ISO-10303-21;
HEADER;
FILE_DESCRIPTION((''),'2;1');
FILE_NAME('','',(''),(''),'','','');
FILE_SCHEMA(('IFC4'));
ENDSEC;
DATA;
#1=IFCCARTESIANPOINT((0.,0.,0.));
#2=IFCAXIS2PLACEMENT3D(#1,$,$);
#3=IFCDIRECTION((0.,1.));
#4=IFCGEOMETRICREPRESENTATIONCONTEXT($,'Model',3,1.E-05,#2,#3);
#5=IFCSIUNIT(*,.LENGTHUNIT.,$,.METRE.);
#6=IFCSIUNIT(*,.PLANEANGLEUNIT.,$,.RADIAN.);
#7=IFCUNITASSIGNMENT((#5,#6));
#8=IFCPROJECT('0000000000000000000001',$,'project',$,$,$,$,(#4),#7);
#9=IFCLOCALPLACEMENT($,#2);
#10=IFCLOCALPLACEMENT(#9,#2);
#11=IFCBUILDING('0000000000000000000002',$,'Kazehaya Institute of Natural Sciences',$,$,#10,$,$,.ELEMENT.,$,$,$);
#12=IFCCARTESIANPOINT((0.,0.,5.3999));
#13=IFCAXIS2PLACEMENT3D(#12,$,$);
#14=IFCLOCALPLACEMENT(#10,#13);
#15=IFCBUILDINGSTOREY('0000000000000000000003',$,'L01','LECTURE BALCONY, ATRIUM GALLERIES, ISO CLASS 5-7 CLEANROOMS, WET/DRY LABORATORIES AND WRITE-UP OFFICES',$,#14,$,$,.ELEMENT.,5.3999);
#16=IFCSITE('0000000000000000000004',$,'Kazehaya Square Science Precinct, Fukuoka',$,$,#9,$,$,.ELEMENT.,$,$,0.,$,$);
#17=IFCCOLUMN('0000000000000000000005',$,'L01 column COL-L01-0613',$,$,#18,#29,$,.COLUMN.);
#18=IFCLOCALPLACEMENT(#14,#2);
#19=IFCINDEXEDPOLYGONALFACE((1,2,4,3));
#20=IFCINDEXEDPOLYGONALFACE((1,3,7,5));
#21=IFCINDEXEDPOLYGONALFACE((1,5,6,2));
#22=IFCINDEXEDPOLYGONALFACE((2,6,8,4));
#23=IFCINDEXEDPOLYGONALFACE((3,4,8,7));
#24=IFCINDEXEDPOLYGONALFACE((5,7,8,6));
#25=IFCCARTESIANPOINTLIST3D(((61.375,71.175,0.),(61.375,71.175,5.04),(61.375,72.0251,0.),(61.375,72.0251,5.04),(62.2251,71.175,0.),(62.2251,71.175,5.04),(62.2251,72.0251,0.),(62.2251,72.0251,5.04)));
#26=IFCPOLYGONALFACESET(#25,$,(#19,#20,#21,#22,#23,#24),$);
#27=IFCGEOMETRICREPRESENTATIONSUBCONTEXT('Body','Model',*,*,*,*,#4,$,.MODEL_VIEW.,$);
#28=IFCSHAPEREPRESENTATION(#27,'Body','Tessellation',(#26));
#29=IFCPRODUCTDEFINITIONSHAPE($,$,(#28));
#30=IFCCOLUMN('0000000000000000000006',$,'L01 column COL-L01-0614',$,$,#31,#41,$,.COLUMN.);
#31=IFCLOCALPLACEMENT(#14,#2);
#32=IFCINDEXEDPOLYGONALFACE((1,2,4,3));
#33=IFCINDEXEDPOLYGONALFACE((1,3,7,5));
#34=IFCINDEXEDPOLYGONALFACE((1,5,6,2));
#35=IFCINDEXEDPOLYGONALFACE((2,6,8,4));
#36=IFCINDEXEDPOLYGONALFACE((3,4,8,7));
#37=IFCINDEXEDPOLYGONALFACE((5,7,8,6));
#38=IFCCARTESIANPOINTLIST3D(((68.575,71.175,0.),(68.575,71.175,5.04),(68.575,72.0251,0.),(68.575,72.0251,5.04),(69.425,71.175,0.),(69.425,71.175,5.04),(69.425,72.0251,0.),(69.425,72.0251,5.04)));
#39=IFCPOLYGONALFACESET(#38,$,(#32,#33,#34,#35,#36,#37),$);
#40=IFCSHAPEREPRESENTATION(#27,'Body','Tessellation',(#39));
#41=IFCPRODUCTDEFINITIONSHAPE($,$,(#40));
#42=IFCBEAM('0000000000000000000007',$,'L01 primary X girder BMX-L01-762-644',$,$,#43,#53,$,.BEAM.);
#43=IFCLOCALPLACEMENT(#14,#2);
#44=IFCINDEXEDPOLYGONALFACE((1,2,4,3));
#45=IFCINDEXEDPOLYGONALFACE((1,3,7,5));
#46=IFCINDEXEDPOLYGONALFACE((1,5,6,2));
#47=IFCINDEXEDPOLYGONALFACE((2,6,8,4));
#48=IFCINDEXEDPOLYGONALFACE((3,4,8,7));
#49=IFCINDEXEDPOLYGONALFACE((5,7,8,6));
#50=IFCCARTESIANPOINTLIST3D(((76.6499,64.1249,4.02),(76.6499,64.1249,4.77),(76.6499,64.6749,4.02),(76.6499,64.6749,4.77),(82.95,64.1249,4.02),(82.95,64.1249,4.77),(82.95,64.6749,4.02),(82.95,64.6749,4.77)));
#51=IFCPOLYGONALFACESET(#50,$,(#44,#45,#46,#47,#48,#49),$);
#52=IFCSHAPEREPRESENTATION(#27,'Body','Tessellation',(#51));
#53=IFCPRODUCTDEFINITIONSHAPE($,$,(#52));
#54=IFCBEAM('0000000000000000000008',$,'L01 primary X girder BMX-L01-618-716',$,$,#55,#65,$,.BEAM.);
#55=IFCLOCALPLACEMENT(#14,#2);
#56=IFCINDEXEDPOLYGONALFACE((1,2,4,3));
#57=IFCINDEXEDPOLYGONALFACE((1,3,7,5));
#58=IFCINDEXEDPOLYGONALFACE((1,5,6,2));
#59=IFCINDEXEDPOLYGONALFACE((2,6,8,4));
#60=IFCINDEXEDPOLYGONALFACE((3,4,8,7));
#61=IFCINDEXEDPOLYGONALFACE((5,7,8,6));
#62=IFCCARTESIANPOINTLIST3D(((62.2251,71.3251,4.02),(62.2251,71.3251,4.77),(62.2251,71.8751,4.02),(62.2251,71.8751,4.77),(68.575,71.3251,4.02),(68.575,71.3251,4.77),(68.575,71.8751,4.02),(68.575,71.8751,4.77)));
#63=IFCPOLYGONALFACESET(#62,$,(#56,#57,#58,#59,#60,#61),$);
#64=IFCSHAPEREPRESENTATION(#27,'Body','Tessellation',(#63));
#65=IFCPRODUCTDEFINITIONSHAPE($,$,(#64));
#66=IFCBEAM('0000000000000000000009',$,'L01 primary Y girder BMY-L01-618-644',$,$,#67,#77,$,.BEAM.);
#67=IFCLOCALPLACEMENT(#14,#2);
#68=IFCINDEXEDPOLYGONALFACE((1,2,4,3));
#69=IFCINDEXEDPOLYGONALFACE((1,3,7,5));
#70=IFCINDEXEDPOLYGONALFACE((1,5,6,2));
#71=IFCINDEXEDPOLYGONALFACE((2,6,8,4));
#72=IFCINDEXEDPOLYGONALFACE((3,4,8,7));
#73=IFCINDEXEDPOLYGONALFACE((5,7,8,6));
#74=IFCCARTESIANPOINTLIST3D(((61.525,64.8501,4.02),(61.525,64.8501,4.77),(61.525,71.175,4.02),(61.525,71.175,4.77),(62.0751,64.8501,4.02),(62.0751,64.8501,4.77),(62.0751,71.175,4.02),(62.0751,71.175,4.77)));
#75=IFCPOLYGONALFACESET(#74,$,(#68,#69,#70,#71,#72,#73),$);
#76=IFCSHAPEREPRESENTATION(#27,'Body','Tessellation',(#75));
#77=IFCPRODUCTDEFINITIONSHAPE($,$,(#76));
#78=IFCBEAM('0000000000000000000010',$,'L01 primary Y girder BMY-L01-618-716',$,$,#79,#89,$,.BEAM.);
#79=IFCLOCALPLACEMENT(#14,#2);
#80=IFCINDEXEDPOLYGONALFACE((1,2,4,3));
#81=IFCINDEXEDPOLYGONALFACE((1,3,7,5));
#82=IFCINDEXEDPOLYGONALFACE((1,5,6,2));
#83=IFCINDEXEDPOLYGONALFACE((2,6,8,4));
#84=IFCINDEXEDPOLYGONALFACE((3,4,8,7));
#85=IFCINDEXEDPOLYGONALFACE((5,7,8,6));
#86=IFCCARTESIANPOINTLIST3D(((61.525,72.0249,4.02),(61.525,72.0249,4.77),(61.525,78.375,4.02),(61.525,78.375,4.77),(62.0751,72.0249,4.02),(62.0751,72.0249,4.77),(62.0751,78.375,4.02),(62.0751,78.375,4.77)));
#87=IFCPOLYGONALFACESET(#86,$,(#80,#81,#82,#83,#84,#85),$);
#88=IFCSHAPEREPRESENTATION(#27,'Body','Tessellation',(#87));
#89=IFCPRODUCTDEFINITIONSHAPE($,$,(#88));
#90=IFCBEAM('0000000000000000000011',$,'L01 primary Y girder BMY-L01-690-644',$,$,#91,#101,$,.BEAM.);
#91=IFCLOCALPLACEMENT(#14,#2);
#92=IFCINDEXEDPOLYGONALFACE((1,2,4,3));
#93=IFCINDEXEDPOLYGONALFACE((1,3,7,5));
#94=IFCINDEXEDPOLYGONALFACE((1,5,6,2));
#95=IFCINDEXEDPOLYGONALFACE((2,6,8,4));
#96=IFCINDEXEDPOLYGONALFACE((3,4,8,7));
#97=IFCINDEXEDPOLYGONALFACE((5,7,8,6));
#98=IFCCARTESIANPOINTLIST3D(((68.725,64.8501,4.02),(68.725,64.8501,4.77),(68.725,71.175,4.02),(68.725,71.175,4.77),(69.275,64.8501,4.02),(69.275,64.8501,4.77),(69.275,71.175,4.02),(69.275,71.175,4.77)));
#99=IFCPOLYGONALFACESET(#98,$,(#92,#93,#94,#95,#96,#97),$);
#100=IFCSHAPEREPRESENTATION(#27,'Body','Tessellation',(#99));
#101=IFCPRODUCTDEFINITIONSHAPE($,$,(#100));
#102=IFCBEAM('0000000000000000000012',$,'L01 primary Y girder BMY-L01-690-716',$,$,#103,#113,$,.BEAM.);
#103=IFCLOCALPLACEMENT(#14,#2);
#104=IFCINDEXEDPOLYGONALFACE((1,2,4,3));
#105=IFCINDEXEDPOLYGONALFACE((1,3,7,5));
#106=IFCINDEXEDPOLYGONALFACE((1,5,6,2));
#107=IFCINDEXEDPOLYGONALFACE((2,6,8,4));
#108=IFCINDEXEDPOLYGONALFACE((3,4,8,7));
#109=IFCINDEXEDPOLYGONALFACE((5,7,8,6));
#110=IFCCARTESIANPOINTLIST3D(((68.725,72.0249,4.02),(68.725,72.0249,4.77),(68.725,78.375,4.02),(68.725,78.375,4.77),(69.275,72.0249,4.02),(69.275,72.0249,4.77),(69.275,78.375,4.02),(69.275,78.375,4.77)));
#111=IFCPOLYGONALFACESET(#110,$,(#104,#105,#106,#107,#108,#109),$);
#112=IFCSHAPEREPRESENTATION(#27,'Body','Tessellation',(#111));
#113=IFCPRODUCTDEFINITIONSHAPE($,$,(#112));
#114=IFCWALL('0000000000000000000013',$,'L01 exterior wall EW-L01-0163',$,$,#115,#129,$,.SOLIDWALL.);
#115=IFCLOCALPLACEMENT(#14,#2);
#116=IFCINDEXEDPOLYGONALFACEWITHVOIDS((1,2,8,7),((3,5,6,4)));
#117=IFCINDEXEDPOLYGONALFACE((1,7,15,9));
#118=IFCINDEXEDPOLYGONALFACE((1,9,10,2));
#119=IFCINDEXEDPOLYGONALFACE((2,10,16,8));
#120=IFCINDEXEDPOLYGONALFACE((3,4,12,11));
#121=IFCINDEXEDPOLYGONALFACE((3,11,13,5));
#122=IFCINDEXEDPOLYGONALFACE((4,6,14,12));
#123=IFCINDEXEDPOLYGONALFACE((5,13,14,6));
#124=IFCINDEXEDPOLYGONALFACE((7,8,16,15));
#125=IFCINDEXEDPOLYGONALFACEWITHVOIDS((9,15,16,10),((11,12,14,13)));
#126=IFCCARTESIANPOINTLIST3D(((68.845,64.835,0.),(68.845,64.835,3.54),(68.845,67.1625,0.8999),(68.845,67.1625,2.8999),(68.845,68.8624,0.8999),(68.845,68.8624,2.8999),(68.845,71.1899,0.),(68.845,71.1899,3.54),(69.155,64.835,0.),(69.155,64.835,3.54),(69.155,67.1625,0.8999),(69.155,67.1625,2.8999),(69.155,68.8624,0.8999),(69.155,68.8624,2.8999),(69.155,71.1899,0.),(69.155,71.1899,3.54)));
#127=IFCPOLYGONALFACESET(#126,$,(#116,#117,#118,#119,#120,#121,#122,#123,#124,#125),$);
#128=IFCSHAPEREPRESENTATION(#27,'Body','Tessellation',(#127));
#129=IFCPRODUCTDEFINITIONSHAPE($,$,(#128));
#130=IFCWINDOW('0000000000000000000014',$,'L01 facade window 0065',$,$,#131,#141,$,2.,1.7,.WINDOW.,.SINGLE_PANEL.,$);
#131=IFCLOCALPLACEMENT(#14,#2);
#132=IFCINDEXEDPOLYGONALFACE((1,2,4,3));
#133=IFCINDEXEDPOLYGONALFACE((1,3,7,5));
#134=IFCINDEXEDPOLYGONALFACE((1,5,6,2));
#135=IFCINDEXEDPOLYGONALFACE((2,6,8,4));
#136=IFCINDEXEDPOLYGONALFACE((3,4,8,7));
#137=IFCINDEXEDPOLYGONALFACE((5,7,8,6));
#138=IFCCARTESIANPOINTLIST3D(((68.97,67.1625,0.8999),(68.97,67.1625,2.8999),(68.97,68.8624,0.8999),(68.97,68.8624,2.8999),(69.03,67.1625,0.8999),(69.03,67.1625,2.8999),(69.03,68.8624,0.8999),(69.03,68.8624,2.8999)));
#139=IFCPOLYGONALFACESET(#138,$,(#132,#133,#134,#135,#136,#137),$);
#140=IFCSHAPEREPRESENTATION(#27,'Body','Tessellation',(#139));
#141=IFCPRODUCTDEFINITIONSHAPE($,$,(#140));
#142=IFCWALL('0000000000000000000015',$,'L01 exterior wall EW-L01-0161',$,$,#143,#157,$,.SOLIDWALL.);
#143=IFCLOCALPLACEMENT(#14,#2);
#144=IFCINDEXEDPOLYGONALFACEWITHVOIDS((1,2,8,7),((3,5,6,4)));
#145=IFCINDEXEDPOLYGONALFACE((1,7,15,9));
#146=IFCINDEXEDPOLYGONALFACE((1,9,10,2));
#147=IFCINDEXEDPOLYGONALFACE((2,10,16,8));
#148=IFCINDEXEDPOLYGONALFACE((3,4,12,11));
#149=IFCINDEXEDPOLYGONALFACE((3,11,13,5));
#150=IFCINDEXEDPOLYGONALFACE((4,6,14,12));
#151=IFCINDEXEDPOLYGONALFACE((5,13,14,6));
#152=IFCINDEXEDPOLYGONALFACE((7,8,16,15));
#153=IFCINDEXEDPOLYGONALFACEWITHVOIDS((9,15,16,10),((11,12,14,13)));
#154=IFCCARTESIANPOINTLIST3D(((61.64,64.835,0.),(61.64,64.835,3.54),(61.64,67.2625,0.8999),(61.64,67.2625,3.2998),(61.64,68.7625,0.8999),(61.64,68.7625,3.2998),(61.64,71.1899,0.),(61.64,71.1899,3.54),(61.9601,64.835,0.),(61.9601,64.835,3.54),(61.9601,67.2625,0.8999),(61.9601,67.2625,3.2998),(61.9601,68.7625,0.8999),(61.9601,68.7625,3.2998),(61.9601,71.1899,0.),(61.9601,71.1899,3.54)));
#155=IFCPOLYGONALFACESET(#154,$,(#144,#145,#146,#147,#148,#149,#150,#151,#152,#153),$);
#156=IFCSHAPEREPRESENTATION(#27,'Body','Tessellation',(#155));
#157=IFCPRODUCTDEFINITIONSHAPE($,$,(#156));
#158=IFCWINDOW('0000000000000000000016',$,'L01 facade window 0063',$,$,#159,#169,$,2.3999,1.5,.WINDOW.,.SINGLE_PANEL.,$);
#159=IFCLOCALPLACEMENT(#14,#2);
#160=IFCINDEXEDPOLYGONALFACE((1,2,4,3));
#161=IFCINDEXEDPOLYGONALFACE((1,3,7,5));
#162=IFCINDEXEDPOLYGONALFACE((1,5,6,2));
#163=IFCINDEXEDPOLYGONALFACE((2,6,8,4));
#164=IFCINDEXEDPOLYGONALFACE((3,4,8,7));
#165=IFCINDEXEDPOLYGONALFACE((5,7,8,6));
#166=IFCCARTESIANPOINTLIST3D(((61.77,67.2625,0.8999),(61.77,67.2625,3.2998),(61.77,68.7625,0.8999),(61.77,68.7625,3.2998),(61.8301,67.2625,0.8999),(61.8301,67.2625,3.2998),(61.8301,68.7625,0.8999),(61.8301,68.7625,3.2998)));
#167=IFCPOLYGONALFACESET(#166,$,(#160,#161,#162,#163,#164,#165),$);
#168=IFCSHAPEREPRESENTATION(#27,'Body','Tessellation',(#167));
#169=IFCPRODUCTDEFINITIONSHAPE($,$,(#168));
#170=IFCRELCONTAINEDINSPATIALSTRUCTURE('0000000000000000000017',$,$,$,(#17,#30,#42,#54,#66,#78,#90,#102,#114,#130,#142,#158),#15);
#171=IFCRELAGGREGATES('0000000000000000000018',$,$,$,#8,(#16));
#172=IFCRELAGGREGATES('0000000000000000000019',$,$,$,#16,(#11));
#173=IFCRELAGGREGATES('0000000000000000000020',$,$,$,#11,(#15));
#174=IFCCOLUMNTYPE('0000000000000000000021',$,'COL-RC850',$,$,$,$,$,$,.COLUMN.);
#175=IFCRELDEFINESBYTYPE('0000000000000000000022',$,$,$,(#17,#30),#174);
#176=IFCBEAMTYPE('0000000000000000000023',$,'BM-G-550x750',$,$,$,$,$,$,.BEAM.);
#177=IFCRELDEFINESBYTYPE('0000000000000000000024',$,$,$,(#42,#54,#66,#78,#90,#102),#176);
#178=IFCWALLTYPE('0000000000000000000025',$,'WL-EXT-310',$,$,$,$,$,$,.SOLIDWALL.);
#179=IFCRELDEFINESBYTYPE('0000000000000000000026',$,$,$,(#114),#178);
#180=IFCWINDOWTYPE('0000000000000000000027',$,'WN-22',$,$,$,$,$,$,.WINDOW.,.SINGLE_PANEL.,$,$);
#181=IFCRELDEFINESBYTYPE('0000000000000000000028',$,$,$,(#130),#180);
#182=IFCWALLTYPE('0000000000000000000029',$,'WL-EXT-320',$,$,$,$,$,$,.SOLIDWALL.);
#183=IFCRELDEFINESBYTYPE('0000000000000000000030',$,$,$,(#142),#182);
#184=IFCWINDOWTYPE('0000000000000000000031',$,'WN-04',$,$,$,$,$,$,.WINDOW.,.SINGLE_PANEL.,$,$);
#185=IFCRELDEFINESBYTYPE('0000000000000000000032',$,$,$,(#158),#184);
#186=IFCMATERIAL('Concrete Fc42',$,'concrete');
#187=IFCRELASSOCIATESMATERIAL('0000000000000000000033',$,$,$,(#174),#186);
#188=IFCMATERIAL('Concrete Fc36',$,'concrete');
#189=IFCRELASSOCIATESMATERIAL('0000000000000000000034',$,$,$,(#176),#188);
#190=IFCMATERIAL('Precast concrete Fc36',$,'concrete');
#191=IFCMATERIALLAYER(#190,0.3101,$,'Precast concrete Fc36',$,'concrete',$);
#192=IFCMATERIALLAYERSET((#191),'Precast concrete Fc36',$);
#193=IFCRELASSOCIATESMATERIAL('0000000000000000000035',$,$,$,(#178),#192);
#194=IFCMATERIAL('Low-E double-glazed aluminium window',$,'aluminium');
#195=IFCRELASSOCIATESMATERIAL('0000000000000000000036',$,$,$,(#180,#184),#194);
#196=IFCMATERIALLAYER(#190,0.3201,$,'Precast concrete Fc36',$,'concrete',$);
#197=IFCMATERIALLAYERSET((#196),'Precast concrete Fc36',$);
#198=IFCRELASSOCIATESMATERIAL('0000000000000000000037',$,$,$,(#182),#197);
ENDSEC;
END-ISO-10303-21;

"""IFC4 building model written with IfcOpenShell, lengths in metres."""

from ifc_helpers import new_model, si_unit, direction, frame, frame_2d, origin, origin_2d, place, context, subcontext, project, spatial, rectangle, extrude, material, layer, layer_set, material_profile, profile_set, type_object, element, fill, save


model = new_model("IFC4")

# Units and contexts
model_context = context("Model", 3, precision=1e-05, world=origin(), true_north=direction((0.0, 1.0)))
body_context = subcontext(model_context, "Body", "Model", "MODEL_VIEW")
ifc_project = project(units=[si_unit("LENGTHUNIT", "METRE"), si_unit("PLANEANGLEUNIT", "RADIAN")], contexts=[model_context])

# Site, building, storey
site_placement = place(None, origin())
site = spatial("IfcSite", under=ifc_project, at=site_placement, Name="Kazehaya Square Science Precinct, Fukuoka", CompositionType="ELEMENT", RefElevation=0.0)
building_placement = place(site_placement, origin())
building = spatial("IfcBuilding", under=site, at=building_placement, Name="Kazehaya Institute of Natural Sciences", CompositionType="ELEMENT")
storey_placement = place(building_placement, frame((0.0, 0.0, 5.3999)))
storey = spatial("IfcBuildingStorey", under=building, at=storey_placement, Name="L01", Description="LECTURE BALCONY, ATRIUM GALLERIES, ISO CLASS 5-7 CLEANROOMS, WET/DRY LABORATORIES AND WRITE-UP OFFICES", CompositionType="ELEMENT", Elevation=5.3999)

# Columns
ifc_material_1 = material(Name="Concrete Fc42", Category="concrete")
ifc_material_profile_1 = material_profile(ifc_material_1, rectangle(XDim=0.8501, YDim=0.8501, at=origin_2d()), Name="RC-850x850")
ifc_profile_set_1 = profile_set([ifc_material_profile_1], Name="Concrete Fc42")
column_type = type_object("IfcColumnType", Name="COL-RC850", PredefinedType="COLUMN", material=ifc_profile_set_1)
for number, where, z_axis, x_axis, name in (
    (1, (61.8, 71.6001, 0.0), (0.0, 0.0, 1.0), (1.0, 0.0, 0.0), "L01 column COL-L01-0613"),
    (2, (69.0, 71.6001, 0.0), (0.0, 0.0, 1.0), (1.0, 0.0, 0.0), "L01 column COL-L01-0614"),
):
    element("IfcColumn", number, at=place(storey_placement, frame(where, z_axis=z_axis, x_axis=x_axis)), inside=storey, type_object=column_type, Name=name, PredefinedType="COLUMN", context=body_context, shape_type="SweptSolid", body=[
        extrude(rectangle(XDim=0.8501, YDim=0.8501, at=origin_2d()), origin(), (0.0, 0.0, 1.0), 5.04),
    ])

# Beams
ifc_material_2 = material(Name="Concrete Fc36", Category="concrete")
ifc_material_profile_2 = material_profile(ifc_material_2, rectangle(XDim=0.55, YDim=0.75, at=origin_2d()), Name="RC-550x750")
ifc_profile_set_2 = profile_set([ifc_material_profile_2], Name="Concrete Fc36")
beam_type = type_object("IfcBeamType", Name="BM-G-550x750", PredefinedType="BEAM", material=ifc_profile_set_2)
beam_1_placement = place(storey_placement, frame((76.6499, 64.3999, 4.395), z_axis=(1.0, 0.0, 0.0), x_axis=(0.0, 1.0, 0.0)))
element("IfcBeam", 3, at=beam_1_placement, inside=storey, type_object=beam_type, Name="L01 primary X girder BMX-L01-762-644", PredefinedType="BEAM", context=body_context, shape_type="SweptSolid", body=[
    extrude(rectangle(XDim=0.55, YDim=0.75, at=origin_2d()), origin(), (0.0, 0.0, 1.0), 6.3),
])
beam_2_placement = place(storey_placement, frame((62.2251, 71.6001, 4.395), z_axis=(1.0, 0.0, 0.0), x_axis=(0.0, 1.0, 0.0)))
element("IfcBeam", 4, at=beam_2_placement, inside=storey, type_object=beam_type, Name="L01 primary X girder BMX-L01-618-716", PredefinedType="BEAM", context=body_context, shape_type="SweptSolid", body=[
    extrude(rectangle(XDim=0.55, YDim=0.75, at=origin_2d()), origin(), (0.0, 0.0, 1.0), 6.3499),
])
beam_3_placement = place(storey_placement, frame((61.8, 64.8501, 4.395), z_axis=(0.0, 1.0, 0.0), x_axis=(-1.0, 0.0, 0.0)))
element("IfcBeam", 5, at=beam_3_placement, inside=storey, type_object=beam_type, Name="L01 primary Y girder BMY-L01-618-644", PredefinedType="BEAM", context=body_context, shape_type="SweptSolid", body=[
    extrude(rectangle(XDim=0.55, YDim=0.75, at=origin_2d()), origin(), (0.0, 0.0, 1.0), 6.325),
])
beam_4_placement = place(storey_placement, frame((61.8, 72.0249, 4.395), z_axis=(0.0, 1.0, 0.0), x_axis=(-1.0, 0.0, 0.0)))
element("IfcBeam", 6, at=beam_4_placement, inside=storey, type_object=beam_type, Name="L01 primary Y girder BMY-L01-618-716", PredefinedType="BEAM", context=body_context, shape_type="SweptSolid", body=[
    extrude(rectangle(XDim=0.55, YDim=0.75, at=origin_2d()), origin(), (0.0, 0.0, 1.0), 6.3501),
])
beam_5_placement = place(storey_placement, frame((69.0, 64.8501, 4.395), z_axis=(0.0, 1.0, 0.0), x_axis=(-1.0, 0.0, 0.0)))
element("IfcBeam", 7, at=beam_5_placement, inside=storey, type_object=beam_type, Name="L01 primary Y girder BMY-L01-690-644", PredefinedType="BEAM", context=body_context, shape_type="SweptSolid", body=[
    extrude(rectangle(XDim=0.55, YDim=0.75, at=origin_2d()), origin(), (0.0, 0.0, 1.0), 6.325),
])
beam_6_placement = place(storey_placement, frame((69.0, 72.0249, 4.395), z_axis=(0.0, 1.0, 0.0), x_axis=(-1.0, 0.0, 0.0)))
element("IfcBeam", 8, at=beam_6_placement, inside=storey, type_object=beam_type, Name="L01 primary Y girder BMY-L01-690-716", PredefinedType="BEAM", context=body_context, shape_type="SweptSolid", body=[
    extrude(rectangle(XDim=0.55, YDim=0.75, at=origin_2d()), origin(), (0.0, 0.0, 1.0), 6.3501),
])

# Walls, openings, windows
ifc_material_3 = material(Name="Precast concrete Fc36", Category="concrete")
ifc_layer_1 = layer(ifc_material_3, 0.3101, Name="Precast concrete Fc36", Category="concrete")
ifc_layer_set_1 = layer_set([ifc_layer_1], Name="Precast concrete Fc36")
wall_type_1 = type_object("IfcWallType", Name="WL-EXT-310", PredefinedType="SOLIDWALL", material=ifc_layer_set_1)
wall_1_placement = place(storey_placement, frame((69.0, 71.1899, 0.0), z_axis=(0.0, 0.0, 1.0), x_axis=(0.0, -1.0, 0.0)))
wall_1 = element("IfcWall", 9, at=wall_1_placement, inside=storey, type_object=wall_type_1, Name="L01 exterior wall EW-L01-0163", PredefinedType="SOLIDWALL", context=body_context, shape_type="SweptSolid", body=[
    extrude(rectangle(XDim=6.355, YDim=0.3101, at=frame_2d((3.1775, 0.0))), origin(), (0.0, 0.0, 1.0), 3.54),
])
opening_1_placement = place(wall_1_placement, frame((2.3274, 0.0, 0.8999)))
opening_1 = element("IfcOpeningElement", 10, at=opening_1_placement, cuts=wall_1, PredefinedType="OPENING", context=body_context, shape_type="SweptSolid", body=[
    extrude(rectangle(XDim=1.7, YDim=2.0, at=frame_2d((0.8501, 1.0))), frame((0.0, 0.165, 0.0), z_axis=(0.0, -1.0, 0.0), x_axis=(1.0, 0.0, 0.0)), (0.0, 0.0, 1.0), 0.3301),
])
ifc_material_4 = material(Name="Low-E double-glazed aluminium window", Category="aluminium")
window_type_1 = type_object("IfcWindowType", Name="WN-22", PartitioningType="SINGLE_PANEL", PredefinedType="WINDOW", material=ifc_material_4)
window_1_placement = place(opening_1_placement, origin())
window_1 = element("IfcWindow", 11, at=window_1_placement, inside=storey, type_object=window_type_1, Name="L01 facade window 0065", OverallHeight=2.0, OverallWidth=1.7, PartitioningType="SINGLE_PANEL", PredefinedType="WINDOW", context=body_context, shape_type="SweptSolid", body=[
    extrude(rectangle(XDim=1.7, YDim=2.0, at=frame_2d((0.8501, 1.0))), frame((0.0, 0.03, 0.0), z_axis=(0.0, -1.0, 0.0), x_axis=(1.0, 0.0, 0.0)), (0.0, 0.0, 1.0), 0.0601),
])
fill(opening_1, window_1)
ifc_layer_2 = layer(ifc_material_3, 0.3201, Name="Precast concrete Fc36", Category="concrete")
ifc_layer_set_2 = layer_set([ifc_layer_2], Name="Precast concrete Fc36")
wall_type_2 = type_object("IfcWallType", Name="WL-EXT-320", PredefinedType="SOLIDWALL", material=ifc_layer_set_2)
wall_2_placement = place(storey_placement, frame((61.8, 64.835, 0.0), z_axis=(0.0, 0.0, 1.0), x_axis=(0.0, 1.0, 0.0)))
wall_2 = element("IfcWall", 12, at=wall_2_placement, inside=storey, type_object=wall_type_2, Name="L01 exterior wall EW-L01-0161", PredefinedType="SOLIDWALL", context=body_context, shape_type="SweptSolid", body=[
    extrude(rectangle(XDim=6.355, YDim=0.3201, at=frame_2d((3.1775, 0.0))), origin(), (0.0, 0.0, 1.0), 3.54),
])
opening_2_placement = place(wall_2_placement, frame((2.4275, 0.0, 0.8999)))
opening_2 = element("IfcOpeningElement", 13, at=opening_2_placement, cuts=wall_2, PredefinedType="OPENING", context=body_context, shape_type="SweptSolid", body=[
    extrude(rectangle(XDim=1.5, YDim=2.3999, at=frame_2d((0.75, 1.2))), frame((0.0, 0.1699, 0.0), z_axis=(0.0, -1.0, 0.0), x_axis=(1.0, 0.0, 0.0)), (0.0, 0.0, 1.0), 0.3401),
])
window_type_2 = type_object("IfcWindowType", Name="WN-04", PartitioningType="SINGLE_PANEL", PredefinedType="WINDOW", material=ifc_material_4)
window_2_placement = place(opening_2_placement, origin())
window_2 = element("IfcWindow", 14, at=window_2_placement, inside=storey, type_object=window_type_2, Name="L01 facade window 0063", OverallHeight=2.3999, OverallWidth=1.5, PartitioningType="SINGLE_PANEL", PredefinedType="WINDOW", context=body_context, shape_type="SweptSolid", body=[
    extrude(rectangle(XDim=1.5, YDim=2.3999, at=frame_2d((0.75, 1.2))), frame((0.0, 0.03, 0.0), z_axis=(0.0, -1.0, 0.0), x_axis=(1.0, 0.0, 0.0)), (0.0, 0.0, 1.0), 0.0601),
])
fill(opening_2, window_2)

save(model, "model.ifc")
